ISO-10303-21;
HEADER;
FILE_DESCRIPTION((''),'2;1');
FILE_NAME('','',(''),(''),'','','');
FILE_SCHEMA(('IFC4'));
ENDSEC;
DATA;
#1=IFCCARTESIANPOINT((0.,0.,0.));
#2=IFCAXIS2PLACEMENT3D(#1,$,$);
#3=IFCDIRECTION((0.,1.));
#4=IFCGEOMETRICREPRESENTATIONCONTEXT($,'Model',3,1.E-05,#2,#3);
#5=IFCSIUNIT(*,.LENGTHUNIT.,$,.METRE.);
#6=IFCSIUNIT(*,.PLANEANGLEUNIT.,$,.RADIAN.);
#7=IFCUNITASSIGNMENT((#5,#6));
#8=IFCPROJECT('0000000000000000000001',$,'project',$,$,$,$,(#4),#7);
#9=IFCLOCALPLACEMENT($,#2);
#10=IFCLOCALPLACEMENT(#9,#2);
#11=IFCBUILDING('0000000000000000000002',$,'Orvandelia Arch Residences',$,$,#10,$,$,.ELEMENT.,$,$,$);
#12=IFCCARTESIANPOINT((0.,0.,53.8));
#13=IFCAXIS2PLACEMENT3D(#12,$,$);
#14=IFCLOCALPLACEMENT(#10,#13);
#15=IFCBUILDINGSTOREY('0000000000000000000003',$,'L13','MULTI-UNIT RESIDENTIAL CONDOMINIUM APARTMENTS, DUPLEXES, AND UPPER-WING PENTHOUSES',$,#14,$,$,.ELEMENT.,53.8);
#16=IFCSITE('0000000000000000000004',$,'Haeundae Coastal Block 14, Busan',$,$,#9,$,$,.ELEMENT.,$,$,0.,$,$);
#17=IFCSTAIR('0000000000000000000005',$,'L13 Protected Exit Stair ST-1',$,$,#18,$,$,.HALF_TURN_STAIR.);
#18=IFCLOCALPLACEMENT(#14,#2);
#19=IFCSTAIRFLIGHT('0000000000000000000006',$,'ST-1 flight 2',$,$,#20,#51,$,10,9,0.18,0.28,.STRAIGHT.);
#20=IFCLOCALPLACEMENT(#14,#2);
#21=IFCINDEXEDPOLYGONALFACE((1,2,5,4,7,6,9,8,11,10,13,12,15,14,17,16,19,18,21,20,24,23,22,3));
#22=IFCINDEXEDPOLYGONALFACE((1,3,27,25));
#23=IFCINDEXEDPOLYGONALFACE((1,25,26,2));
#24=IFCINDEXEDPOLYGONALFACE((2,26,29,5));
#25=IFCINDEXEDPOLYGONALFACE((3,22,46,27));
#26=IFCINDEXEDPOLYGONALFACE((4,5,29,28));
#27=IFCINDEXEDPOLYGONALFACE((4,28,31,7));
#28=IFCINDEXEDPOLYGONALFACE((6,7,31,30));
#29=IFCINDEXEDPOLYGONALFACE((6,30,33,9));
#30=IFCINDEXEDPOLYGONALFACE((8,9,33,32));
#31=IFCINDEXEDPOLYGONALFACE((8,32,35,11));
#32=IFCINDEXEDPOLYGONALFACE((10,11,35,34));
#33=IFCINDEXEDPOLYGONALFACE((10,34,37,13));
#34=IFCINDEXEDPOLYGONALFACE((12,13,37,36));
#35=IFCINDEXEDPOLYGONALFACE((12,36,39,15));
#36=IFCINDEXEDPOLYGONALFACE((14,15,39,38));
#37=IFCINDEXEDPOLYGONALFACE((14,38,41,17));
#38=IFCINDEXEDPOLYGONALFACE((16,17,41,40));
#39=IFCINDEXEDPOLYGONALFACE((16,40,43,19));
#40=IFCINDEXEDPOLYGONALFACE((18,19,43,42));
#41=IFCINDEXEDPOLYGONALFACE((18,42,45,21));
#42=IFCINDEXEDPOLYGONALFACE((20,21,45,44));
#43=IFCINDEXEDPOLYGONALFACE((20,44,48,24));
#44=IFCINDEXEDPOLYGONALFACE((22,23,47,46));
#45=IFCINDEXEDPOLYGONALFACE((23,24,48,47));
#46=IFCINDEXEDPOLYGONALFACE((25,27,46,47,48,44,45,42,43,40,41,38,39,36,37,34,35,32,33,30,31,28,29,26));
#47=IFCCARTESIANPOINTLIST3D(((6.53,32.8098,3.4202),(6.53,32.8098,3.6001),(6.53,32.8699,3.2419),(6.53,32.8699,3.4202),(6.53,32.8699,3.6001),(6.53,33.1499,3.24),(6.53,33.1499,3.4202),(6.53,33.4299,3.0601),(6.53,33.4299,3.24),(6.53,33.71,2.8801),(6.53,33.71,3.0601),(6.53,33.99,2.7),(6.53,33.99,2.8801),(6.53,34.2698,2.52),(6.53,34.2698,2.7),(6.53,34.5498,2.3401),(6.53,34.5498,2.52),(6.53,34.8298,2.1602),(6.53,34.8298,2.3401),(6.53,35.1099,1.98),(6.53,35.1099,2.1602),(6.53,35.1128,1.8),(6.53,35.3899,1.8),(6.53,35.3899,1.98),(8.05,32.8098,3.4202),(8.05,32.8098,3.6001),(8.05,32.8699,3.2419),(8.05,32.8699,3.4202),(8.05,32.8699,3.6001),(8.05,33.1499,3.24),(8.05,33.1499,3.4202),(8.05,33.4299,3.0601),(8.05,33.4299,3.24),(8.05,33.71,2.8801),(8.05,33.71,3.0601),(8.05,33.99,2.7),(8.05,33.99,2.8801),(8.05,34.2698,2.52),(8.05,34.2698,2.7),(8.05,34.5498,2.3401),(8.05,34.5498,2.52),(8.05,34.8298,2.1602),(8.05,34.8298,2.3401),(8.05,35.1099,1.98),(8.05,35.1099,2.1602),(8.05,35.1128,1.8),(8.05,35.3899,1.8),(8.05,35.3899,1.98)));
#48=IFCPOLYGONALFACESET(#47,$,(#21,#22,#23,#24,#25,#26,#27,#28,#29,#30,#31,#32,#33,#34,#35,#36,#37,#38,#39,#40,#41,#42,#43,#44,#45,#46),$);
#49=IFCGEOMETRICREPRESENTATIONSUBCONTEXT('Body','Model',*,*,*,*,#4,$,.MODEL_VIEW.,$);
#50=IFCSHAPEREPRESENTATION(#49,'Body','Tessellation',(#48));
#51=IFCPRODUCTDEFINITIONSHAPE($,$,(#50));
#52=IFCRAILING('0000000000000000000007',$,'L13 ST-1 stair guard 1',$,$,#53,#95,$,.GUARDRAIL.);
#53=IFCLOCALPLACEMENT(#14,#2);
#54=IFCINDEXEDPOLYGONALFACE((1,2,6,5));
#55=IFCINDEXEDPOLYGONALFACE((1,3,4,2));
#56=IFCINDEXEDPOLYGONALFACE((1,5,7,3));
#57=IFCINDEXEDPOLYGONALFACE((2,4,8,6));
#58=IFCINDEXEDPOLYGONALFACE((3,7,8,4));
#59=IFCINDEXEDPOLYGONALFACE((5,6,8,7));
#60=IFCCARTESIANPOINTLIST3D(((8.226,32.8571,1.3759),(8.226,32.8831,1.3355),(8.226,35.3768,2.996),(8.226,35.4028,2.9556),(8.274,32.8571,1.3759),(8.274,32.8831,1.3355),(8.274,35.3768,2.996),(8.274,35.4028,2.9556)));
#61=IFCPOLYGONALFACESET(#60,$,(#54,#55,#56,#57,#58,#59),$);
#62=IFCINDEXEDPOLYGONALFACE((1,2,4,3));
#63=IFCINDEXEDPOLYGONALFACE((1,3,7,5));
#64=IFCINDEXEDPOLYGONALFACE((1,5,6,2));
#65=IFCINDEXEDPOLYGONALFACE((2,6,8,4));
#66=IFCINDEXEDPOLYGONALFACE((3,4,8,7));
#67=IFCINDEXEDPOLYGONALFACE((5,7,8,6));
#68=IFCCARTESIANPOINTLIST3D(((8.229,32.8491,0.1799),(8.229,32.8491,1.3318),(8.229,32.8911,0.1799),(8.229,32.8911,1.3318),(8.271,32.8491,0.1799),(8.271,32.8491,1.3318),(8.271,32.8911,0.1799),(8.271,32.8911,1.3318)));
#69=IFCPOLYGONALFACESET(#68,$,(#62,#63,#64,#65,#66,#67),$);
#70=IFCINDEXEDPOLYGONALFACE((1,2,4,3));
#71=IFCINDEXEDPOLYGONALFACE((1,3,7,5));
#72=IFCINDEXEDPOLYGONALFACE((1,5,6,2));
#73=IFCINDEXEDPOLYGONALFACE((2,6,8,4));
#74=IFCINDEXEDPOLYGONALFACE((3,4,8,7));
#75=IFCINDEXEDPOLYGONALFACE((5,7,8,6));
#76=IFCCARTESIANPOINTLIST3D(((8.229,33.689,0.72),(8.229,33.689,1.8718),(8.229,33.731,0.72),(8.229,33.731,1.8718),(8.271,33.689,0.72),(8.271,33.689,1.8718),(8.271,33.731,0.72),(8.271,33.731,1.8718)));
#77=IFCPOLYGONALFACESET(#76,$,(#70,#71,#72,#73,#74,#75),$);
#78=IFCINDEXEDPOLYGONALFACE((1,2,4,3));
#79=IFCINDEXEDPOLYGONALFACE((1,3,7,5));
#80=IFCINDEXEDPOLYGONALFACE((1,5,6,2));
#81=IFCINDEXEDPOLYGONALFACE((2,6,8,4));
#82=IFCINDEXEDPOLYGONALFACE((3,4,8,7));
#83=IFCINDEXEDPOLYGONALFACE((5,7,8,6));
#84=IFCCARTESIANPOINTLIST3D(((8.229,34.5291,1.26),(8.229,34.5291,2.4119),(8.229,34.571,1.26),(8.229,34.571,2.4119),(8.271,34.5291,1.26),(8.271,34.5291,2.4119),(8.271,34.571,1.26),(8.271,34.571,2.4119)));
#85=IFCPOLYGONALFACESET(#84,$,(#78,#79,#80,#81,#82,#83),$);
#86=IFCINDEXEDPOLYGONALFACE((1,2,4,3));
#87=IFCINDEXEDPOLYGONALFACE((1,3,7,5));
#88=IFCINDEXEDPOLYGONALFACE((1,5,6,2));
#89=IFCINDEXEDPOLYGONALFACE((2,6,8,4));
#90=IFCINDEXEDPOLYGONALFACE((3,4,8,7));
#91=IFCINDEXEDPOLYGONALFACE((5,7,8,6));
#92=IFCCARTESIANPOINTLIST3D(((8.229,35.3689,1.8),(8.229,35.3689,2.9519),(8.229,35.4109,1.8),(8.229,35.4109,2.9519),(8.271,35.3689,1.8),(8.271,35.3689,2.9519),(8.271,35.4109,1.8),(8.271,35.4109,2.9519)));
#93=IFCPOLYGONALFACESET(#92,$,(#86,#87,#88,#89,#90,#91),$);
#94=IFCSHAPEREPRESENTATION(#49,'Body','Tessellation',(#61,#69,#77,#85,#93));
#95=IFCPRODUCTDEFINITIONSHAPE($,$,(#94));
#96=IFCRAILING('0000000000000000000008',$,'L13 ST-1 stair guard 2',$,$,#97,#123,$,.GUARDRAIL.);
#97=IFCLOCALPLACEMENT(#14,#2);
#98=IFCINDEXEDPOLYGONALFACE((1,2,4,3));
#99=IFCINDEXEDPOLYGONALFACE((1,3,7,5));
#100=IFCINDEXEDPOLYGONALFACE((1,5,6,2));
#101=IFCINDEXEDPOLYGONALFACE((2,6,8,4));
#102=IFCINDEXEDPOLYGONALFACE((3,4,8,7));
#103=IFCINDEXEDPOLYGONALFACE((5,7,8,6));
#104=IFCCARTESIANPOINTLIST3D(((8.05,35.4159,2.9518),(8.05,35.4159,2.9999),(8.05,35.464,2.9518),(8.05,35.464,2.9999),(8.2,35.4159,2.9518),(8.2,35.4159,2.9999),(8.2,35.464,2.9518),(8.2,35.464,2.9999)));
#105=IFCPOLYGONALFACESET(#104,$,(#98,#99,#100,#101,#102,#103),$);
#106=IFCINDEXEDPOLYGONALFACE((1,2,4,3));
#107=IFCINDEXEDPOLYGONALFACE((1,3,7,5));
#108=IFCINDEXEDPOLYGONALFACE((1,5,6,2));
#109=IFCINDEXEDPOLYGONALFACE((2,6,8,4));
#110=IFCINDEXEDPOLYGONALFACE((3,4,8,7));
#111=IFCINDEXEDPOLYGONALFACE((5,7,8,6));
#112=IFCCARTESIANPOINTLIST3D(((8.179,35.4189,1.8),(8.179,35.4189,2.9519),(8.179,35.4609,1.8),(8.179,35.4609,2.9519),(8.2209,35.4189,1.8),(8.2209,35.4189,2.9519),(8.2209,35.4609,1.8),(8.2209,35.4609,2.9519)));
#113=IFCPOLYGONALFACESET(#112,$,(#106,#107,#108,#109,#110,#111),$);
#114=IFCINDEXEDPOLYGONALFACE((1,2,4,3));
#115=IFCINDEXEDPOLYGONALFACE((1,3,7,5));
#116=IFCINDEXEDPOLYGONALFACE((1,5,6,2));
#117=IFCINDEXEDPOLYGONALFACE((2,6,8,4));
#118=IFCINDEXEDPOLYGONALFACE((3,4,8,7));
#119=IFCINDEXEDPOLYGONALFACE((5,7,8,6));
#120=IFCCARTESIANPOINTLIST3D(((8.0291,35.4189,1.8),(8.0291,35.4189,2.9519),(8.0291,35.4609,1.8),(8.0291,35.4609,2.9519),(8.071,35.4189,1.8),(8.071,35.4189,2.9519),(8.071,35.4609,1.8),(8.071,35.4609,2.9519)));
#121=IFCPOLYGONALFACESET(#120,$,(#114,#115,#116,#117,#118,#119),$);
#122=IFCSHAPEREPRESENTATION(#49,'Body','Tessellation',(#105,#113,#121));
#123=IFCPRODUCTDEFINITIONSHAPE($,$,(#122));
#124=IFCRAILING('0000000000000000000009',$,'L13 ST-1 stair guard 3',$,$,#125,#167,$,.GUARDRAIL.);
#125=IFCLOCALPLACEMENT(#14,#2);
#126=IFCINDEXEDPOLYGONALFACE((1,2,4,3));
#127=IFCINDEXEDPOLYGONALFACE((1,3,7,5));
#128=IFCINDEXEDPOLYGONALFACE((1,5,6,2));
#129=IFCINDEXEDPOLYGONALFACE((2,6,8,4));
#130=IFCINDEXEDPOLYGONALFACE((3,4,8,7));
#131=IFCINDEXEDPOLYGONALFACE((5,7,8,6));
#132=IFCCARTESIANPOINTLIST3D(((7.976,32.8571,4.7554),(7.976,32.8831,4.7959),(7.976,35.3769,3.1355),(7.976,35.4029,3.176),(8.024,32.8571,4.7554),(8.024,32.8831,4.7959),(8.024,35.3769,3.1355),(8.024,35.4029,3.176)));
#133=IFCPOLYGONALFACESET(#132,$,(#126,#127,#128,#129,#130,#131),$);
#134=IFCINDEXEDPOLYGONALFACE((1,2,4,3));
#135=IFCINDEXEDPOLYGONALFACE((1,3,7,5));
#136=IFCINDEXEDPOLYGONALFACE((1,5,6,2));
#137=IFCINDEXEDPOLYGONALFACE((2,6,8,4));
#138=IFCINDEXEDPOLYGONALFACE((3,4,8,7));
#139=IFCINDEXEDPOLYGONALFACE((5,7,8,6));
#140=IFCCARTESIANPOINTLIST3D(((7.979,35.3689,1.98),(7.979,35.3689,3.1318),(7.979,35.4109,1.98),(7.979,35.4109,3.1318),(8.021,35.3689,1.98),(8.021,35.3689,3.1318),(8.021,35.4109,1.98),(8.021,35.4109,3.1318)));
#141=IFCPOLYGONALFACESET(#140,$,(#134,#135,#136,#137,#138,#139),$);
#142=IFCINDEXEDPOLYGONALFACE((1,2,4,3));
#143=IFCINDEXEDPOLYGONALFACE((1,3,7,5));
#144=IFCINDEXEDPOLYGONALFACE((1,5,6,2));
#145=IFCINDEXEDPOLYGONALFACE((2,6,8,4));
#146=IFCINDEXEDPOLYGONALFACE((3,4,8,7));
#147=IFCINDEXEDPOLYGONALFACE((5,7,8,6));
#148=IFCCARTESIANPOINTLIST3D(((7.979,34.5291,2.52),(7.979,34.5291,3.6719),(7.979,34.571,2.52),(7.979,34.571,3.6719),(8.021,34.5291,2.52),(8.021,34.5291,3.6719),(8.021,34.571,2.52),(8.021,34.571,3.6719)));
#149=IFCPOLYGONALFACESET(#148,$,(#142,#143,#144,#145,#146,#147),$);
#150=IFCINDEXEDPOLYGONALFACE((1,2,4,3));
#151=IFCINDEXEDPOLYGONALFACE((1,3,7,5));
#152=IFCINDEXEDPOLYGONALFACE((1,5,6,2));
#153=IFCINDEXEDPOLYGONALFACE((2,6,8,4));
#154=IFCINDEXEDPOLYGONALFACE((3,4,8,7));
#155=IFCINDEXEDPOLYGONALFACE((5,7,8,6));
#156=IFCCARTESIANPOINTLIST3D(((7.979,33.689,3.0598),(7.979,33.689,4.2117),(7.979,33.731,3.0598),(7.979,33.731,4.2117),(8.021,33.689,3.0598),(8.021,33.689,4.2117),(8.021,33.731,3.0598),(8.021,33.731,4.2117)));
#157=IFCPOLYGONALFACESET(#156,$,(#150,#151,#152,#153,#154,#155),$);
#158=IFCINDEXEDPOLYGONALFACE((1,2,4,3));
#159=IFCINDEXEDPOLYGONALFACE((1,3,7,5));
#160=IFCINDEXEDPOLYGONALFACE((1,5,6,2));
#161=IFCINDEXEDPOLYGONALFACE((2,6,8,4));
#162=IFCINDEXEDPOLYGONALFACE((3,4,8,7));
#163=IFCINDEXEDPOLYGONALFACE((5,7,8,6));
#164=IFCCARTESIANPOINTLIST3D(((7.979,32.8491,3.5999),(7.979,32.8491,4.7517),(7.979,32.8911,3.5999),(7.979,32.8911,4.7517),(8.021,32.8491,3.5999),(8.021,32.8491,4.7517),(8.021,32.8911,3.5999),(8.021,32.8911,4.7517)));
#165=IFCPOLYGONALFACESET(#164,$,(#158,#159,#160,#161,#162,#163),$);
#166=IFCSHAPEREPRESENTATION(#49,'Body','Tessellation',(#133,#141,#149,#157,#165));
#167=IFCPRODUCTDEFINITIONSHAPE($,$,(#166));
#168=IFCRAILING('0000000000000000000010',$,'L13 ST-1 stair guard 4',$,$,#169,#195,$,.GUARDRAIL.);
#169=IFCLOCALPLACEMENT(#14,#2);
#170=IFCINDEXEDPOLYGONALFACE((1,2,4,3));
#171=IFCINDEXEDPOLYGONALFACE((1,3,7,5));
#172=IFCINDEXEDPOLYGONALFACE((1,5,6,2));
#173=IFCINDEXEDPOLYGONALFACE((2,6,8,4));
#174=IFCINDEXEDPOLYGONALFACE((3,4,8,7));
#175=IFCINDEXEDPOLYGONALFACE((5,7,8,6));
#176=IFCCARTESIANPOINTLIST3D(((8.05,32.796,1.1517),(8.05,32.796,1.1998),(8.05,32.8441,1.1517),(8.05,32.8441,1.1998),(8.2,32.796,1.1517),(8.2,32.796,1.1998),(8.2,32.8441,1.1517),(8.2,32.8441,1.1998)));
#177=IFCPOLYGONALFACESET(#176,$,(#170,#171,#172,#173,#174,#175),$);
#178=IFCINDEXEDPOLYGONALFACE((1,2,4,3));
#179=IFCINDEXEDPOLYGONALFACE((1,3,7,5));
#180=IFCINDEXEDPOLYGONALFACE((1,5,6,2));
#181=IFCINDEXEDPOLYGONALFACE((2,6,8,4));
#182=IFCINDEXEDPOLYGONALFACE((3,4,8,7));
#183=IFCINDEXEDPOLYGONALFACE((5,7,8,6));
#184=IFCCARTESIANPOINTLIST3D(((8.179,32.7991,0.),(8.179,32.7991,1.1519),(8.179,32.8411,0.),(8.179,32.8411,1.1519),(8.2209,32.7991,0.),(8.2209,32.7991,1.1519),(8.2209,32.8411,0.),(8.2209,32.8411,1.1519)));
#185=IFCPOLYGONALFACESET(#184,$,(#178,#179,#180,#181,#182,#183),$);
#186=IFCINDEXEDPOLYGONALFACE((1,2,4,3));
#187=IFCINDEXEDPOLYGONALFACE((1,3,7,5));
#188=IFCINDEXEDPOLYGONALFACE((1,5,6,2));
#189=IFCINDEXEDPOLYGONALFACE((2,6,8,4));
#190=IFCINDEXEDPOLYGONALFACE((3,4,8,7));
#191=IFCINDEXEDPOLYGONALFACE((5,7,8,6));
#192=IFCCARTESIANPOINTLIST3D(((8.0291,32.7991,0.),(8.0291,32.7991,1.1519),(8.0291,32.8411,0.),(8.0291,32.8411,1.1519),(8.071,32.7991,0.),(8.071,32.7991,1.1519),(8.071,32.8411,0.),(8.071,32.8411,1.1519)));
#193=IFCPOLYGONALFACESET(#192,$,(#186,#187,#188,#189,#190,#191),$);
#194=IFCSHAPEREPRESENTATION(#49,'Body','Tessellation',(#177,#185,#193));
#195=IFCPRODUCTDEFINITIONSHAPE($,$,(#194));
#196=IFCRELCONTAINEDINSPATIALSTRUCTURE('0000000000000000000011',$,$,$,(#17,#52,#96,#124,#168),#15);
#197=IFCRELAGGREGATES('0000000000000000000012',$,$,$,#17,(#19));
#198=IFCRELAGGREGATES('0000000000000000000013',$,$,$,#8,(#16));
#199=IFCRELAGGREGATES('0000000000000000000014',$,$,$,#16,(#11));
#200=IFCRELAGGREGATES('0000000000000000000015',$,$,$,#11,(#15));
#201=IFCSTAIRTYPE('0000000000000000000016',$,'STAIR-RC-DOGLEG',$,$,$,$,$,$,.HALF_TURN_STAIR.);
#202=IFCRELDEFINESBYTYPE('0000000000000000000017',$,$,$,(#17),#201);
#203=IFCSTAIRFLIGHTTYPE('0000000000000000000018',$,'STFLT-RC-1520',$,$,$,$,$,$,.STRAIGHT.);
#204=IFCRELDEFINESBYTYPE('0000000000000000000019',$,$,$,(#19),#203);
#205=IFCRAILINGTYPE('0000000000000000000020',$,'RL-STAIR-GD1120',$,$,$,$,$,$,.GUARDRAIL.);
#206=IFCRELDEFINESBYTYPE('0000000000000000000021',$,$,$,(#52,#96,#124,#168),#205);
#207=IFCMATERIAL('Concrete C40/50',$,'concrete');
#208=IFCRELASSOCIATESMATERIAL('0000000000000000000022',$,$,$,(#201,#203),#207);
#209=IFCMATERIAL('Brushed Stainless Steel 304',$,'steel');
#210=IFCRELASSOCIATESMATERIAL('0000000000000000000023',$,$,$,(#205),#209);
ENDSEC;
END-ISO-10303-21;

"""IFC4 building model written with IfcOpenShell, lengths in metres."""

from ifc_helpers import new_model, si_unit, direction, frame, origin, origin_2d, place, context, subcontext, project, spatial, polyline, rectangle, outline, extrude, material, type_object, element, aggregate, save


model = new_model("IFC4")

# Units and contexts
model_context = context("Model", 3, precision=1e-05, world=origin(), true_north=direction((0.0, 1.0)))
body_context = subcontext(model_context, "Body", "Model", "MODEL_VIEW")
ifc_project = project(units=[si_unit("LENGTHUNIT", "METRE"), si_unit("PLANEANGLEUNIT", "RADIAN")], contexts=[model_context])

# Site, building, storey
site_placement = place(None, origin())
site = spatial("IfcSite", under=ifc_project, at=site_placement, Name="Haeundae Coastal Block 14, Busan", CompositionType="ELEMENT", RefElevation=0.0)
building_placement = place(site_placement, origin())
building = spatial("IfcBuilding", under=site, at=building_placement, Name="Orvandelia Arch Residences", CompositionType="ELEMENT")
storey_placement = place(building_placement, frame((0.0, 0.0, 53.8)))
storey = spatial("IfcBuildingStorey", under=building, at=storey_placement, Name="L13", Description="MULTI-UNIT RESIDENTIAL CONDOMINIUM APARTMENTS, DUPLEXES, AND UPPER-WING PENTHOUSES", CompositionType="ELEMENT", Elevation=53.8)

# Stair, stair flight
ifc_material_1 = material(Name="Concrete C40/50", Category="concrete")
stair_type = type_object("IfcStairType", Name="STAIR-RC-DOGLEG", PredefinedType="HALF_TURN_STAIR", material=ifc_material_1)
stair_placement = place(storey_placement, origin())
stair = element("IfcStair", 1, at=stair_placement, inside=storey, type_object=stair_type, Name="L13 Protected Exit Stair ST-1", PredefinedType="HALF_TURN_STAIR")
stair_flight_type = type_object("IfcStairFlightType", Name="STFLT-RC-1520", PredefinedType="STRAIGHT", material=ifc_material_1)
stair_flight_1_placement = place(storey_placement, frame((7.29, 35.3899, 1.8), z_axis=(0.0, 0.0, 1.0), x_axis=(0.0, -1.0, 0.0)))
stair_flight_1 = element("IfcStairFlight", 2, at=stair_flight_1_placement, type_object=stair_flight_type, Name="ST-1 flight 2", NumberOfRisers=10, NumberOfTreads=9, PredefinedType="STRAIGHT", RiserHeight=0.18, TreadLength=0.28, context=body_context, shape_type="SweptSolid", body=[
    extrude(outline(polyline([(0.0, 0.0), (0.0, 0.1799), (0.28, 0.1799), (0.28, 0.3601), (0.5601, 0.3601), (0.5601, 0.54), (0.8401, 0.54), (0.8401, 0.72), (1.1201, 0.72), (1.1201, 0.8999), (1.3999, 0.8999), (1.3999, 1.0801), (1.6799, 1.0801), (1.6799, 1.26), (1.96, 1.26), (1.96, 1.4399), (2.24, 1.4399), (2.24, 1.6201), (2.52, 1.6201), (2.52, 1.8), (2.5801, 1.8), (2.5801, 1.6201), (2.52, 1.4419), (0.2771, 0.0), (0.0, 0.0)])), frame((0.0, 0.76, 0.0), z_axis=(0.0, -1.0, 0.0), x_axis=(1.0, 0.0, 0.0)), (0.0, 0.0, 1.0), 1.52),
])
aggregate(stair, [stair_flight_1])

# Railings
ifc_material_2 = material(Name="Brushed Stainless Steel 304", Category="steel")
railing_type_1 = type_object("IfcRailingType", Name="RL-STAIR-GD1120", PredefinedType="GUARDRAIL", material=ifc_material_2)
railing_1_placement = place(storey_placement, frame((8.25, 32.8701, 0.1799)))
element("IfcRailing", 3, at=railing_1_placement, inside=storey, type_object=railing_type_1, Name="L13 ST-1 stair guard 1", PredefinedType="GUARDRAIL", context=body_context, shape_type="SweptSolid", body=[
    extrude(rectangle(XDim=0.0481, YDim=0.0481, at=origin_2d()), frame((0.0, 0.0, 1.1758), z_axis=(0.0, 0.841139, 0.540819), x_axis=(-1.0, 0.0, 0.0)), (0.0, 0.0, 1.0), 2.9956),
    extrude(rectangle(XDim=0.042, YDim=0.042, at=origin_2d()), origin(), (0.0, 0.0, 1.0), 1.1519),
    extrude(rectangle(XDim=0.042, YDim=0.042, at=origin_2d()), frame((0.0, 0.8398, 0.54)), (0.0, 0.0, 1.0), 1.1519),
    extrude(rectangle(XDim=0.042, YDim=0.042, at=origin_2d()), frame((0.0, 1.6799, 1.0801)), (0.0, 0.0, 1.0), 1.1519),
    extrude(rectangle(XDim=0.042, YDim=0.042, at=origin_2d()), frame((0.0, 2.5198, 1.6201)), (0.0, 0.0, 1.0), 1.1519),
])
railing_2_placement = place(storey_placement, frame((8.2, 35.4399, 1.8)))
element("IfcRailing", 4, at=railing_2_placement, inside=storey, type_object=railing_type_1, Name="L13 ST-1 stair guard 2", PredefinedType="GUARDRAIL", context=body_context, shape_type="SweptSolid", body=[
    extrude(rectangle(XDim=0.0481, YDim=0.0481, at=origin_2d()), frame((0.0, 0.0, 1.1758), z_axis=(-1.0, 0.0, 0.0), x_axis=(0.0, -1.0, 0.0)), (0.0, 0.0, 1.0), 0.1499),
    extrude(rectangle(XDim=0.042, YDim=0.042, at=origin_2d()), origin(), (0.0, 0.0, 1.0), 1.1519),
    extrude(rectangle(XDim=0.042, YDim=0.042, at=origin_2d()), frame((-0.1499, 0.0, 0.0)), (0.0, 0.0, 1.0), 1.1519),
])
railing_3_placement = place(storey_placement, frame((8.0, 35.3899, 1.98)))
element("IfcRailing", 5, at=railing_3_placement, inside=storey, type_object=railing_type_1, Name="L13 ST-1 stair guard 3", PredefinedType="GUARDRAIL", context=body_context, shape_type="SweptSolid", body=[
    extrude(rectangle(XDim=0.0481, YDim=0.0481, at=origin_2d()), frame((0.0, 0.0, 1.1758), z_axis=(0.0, -0.841176, 0.540762), x_axis=(1.0, 0.0, 0.0)), (0.0, 0.0, 1.0), 2.9956),
    extrude(rectangle(XDim=0.042, YDim=0.042, at=origin_2d()), origin(), (0.0, 0.0, 1.0), 1.1519),
    extrude(rectangle(XDim=0.042, YDim=0.042, at=origin_2d()), frame((0.0, -0.8398, 0.54)), (0.0, 0.0, 1.0), 1.1519),
    extrude(rectangle(XDim=0.042, YDim=0.042, at=origin_2d()), frame((0.0, -1.6799, 1.0798)), (0.0, 0.0, 1.0), 1.1519),
    extrude(rectangle(XDim=0.042, YDim=0.042, at=origin_2d()), frame((0.0, -2.5198, 1.6199)), (0.0, 0.0, 1.0), 1.1519),
])
railing_4_placement = place(storey_placement, frame((8.2, 32.8201, 0.0)))
element("IfcRailing", 6, at=railing_4_placement, inside=storey, type_object=railing_type_1, Name="L13 ST-1 stair guard 4", PredefinedType="GUARDRAIL", context=body_context, shape_type="SweptSolid", body=[
    extrude(rectangle(XDim=0.0481, YDim=0.0481, at=origin_2d()), frame((0.0, 0.0, 1.1758), z_axis=(-1.0, 0.0, 0.0), x_axis=(0.0, -1.0, 0.0)), (0.0, 0.0, 1.0), 0.1499),
    extrude(rectangle(XDim=0.042, YDim=0.042, at=origin_2d()), origin(), (0.0, 0.0, 1.0), 1.1519),
    extrude(rectangle(XDim=0.042, YDim=0.042, at=origin_2d()), frame((-0.1499, 0.0, 0.0)), (0.0, 0.0, 1.0), 1.1519),
])

save(model, "model.ifc")
